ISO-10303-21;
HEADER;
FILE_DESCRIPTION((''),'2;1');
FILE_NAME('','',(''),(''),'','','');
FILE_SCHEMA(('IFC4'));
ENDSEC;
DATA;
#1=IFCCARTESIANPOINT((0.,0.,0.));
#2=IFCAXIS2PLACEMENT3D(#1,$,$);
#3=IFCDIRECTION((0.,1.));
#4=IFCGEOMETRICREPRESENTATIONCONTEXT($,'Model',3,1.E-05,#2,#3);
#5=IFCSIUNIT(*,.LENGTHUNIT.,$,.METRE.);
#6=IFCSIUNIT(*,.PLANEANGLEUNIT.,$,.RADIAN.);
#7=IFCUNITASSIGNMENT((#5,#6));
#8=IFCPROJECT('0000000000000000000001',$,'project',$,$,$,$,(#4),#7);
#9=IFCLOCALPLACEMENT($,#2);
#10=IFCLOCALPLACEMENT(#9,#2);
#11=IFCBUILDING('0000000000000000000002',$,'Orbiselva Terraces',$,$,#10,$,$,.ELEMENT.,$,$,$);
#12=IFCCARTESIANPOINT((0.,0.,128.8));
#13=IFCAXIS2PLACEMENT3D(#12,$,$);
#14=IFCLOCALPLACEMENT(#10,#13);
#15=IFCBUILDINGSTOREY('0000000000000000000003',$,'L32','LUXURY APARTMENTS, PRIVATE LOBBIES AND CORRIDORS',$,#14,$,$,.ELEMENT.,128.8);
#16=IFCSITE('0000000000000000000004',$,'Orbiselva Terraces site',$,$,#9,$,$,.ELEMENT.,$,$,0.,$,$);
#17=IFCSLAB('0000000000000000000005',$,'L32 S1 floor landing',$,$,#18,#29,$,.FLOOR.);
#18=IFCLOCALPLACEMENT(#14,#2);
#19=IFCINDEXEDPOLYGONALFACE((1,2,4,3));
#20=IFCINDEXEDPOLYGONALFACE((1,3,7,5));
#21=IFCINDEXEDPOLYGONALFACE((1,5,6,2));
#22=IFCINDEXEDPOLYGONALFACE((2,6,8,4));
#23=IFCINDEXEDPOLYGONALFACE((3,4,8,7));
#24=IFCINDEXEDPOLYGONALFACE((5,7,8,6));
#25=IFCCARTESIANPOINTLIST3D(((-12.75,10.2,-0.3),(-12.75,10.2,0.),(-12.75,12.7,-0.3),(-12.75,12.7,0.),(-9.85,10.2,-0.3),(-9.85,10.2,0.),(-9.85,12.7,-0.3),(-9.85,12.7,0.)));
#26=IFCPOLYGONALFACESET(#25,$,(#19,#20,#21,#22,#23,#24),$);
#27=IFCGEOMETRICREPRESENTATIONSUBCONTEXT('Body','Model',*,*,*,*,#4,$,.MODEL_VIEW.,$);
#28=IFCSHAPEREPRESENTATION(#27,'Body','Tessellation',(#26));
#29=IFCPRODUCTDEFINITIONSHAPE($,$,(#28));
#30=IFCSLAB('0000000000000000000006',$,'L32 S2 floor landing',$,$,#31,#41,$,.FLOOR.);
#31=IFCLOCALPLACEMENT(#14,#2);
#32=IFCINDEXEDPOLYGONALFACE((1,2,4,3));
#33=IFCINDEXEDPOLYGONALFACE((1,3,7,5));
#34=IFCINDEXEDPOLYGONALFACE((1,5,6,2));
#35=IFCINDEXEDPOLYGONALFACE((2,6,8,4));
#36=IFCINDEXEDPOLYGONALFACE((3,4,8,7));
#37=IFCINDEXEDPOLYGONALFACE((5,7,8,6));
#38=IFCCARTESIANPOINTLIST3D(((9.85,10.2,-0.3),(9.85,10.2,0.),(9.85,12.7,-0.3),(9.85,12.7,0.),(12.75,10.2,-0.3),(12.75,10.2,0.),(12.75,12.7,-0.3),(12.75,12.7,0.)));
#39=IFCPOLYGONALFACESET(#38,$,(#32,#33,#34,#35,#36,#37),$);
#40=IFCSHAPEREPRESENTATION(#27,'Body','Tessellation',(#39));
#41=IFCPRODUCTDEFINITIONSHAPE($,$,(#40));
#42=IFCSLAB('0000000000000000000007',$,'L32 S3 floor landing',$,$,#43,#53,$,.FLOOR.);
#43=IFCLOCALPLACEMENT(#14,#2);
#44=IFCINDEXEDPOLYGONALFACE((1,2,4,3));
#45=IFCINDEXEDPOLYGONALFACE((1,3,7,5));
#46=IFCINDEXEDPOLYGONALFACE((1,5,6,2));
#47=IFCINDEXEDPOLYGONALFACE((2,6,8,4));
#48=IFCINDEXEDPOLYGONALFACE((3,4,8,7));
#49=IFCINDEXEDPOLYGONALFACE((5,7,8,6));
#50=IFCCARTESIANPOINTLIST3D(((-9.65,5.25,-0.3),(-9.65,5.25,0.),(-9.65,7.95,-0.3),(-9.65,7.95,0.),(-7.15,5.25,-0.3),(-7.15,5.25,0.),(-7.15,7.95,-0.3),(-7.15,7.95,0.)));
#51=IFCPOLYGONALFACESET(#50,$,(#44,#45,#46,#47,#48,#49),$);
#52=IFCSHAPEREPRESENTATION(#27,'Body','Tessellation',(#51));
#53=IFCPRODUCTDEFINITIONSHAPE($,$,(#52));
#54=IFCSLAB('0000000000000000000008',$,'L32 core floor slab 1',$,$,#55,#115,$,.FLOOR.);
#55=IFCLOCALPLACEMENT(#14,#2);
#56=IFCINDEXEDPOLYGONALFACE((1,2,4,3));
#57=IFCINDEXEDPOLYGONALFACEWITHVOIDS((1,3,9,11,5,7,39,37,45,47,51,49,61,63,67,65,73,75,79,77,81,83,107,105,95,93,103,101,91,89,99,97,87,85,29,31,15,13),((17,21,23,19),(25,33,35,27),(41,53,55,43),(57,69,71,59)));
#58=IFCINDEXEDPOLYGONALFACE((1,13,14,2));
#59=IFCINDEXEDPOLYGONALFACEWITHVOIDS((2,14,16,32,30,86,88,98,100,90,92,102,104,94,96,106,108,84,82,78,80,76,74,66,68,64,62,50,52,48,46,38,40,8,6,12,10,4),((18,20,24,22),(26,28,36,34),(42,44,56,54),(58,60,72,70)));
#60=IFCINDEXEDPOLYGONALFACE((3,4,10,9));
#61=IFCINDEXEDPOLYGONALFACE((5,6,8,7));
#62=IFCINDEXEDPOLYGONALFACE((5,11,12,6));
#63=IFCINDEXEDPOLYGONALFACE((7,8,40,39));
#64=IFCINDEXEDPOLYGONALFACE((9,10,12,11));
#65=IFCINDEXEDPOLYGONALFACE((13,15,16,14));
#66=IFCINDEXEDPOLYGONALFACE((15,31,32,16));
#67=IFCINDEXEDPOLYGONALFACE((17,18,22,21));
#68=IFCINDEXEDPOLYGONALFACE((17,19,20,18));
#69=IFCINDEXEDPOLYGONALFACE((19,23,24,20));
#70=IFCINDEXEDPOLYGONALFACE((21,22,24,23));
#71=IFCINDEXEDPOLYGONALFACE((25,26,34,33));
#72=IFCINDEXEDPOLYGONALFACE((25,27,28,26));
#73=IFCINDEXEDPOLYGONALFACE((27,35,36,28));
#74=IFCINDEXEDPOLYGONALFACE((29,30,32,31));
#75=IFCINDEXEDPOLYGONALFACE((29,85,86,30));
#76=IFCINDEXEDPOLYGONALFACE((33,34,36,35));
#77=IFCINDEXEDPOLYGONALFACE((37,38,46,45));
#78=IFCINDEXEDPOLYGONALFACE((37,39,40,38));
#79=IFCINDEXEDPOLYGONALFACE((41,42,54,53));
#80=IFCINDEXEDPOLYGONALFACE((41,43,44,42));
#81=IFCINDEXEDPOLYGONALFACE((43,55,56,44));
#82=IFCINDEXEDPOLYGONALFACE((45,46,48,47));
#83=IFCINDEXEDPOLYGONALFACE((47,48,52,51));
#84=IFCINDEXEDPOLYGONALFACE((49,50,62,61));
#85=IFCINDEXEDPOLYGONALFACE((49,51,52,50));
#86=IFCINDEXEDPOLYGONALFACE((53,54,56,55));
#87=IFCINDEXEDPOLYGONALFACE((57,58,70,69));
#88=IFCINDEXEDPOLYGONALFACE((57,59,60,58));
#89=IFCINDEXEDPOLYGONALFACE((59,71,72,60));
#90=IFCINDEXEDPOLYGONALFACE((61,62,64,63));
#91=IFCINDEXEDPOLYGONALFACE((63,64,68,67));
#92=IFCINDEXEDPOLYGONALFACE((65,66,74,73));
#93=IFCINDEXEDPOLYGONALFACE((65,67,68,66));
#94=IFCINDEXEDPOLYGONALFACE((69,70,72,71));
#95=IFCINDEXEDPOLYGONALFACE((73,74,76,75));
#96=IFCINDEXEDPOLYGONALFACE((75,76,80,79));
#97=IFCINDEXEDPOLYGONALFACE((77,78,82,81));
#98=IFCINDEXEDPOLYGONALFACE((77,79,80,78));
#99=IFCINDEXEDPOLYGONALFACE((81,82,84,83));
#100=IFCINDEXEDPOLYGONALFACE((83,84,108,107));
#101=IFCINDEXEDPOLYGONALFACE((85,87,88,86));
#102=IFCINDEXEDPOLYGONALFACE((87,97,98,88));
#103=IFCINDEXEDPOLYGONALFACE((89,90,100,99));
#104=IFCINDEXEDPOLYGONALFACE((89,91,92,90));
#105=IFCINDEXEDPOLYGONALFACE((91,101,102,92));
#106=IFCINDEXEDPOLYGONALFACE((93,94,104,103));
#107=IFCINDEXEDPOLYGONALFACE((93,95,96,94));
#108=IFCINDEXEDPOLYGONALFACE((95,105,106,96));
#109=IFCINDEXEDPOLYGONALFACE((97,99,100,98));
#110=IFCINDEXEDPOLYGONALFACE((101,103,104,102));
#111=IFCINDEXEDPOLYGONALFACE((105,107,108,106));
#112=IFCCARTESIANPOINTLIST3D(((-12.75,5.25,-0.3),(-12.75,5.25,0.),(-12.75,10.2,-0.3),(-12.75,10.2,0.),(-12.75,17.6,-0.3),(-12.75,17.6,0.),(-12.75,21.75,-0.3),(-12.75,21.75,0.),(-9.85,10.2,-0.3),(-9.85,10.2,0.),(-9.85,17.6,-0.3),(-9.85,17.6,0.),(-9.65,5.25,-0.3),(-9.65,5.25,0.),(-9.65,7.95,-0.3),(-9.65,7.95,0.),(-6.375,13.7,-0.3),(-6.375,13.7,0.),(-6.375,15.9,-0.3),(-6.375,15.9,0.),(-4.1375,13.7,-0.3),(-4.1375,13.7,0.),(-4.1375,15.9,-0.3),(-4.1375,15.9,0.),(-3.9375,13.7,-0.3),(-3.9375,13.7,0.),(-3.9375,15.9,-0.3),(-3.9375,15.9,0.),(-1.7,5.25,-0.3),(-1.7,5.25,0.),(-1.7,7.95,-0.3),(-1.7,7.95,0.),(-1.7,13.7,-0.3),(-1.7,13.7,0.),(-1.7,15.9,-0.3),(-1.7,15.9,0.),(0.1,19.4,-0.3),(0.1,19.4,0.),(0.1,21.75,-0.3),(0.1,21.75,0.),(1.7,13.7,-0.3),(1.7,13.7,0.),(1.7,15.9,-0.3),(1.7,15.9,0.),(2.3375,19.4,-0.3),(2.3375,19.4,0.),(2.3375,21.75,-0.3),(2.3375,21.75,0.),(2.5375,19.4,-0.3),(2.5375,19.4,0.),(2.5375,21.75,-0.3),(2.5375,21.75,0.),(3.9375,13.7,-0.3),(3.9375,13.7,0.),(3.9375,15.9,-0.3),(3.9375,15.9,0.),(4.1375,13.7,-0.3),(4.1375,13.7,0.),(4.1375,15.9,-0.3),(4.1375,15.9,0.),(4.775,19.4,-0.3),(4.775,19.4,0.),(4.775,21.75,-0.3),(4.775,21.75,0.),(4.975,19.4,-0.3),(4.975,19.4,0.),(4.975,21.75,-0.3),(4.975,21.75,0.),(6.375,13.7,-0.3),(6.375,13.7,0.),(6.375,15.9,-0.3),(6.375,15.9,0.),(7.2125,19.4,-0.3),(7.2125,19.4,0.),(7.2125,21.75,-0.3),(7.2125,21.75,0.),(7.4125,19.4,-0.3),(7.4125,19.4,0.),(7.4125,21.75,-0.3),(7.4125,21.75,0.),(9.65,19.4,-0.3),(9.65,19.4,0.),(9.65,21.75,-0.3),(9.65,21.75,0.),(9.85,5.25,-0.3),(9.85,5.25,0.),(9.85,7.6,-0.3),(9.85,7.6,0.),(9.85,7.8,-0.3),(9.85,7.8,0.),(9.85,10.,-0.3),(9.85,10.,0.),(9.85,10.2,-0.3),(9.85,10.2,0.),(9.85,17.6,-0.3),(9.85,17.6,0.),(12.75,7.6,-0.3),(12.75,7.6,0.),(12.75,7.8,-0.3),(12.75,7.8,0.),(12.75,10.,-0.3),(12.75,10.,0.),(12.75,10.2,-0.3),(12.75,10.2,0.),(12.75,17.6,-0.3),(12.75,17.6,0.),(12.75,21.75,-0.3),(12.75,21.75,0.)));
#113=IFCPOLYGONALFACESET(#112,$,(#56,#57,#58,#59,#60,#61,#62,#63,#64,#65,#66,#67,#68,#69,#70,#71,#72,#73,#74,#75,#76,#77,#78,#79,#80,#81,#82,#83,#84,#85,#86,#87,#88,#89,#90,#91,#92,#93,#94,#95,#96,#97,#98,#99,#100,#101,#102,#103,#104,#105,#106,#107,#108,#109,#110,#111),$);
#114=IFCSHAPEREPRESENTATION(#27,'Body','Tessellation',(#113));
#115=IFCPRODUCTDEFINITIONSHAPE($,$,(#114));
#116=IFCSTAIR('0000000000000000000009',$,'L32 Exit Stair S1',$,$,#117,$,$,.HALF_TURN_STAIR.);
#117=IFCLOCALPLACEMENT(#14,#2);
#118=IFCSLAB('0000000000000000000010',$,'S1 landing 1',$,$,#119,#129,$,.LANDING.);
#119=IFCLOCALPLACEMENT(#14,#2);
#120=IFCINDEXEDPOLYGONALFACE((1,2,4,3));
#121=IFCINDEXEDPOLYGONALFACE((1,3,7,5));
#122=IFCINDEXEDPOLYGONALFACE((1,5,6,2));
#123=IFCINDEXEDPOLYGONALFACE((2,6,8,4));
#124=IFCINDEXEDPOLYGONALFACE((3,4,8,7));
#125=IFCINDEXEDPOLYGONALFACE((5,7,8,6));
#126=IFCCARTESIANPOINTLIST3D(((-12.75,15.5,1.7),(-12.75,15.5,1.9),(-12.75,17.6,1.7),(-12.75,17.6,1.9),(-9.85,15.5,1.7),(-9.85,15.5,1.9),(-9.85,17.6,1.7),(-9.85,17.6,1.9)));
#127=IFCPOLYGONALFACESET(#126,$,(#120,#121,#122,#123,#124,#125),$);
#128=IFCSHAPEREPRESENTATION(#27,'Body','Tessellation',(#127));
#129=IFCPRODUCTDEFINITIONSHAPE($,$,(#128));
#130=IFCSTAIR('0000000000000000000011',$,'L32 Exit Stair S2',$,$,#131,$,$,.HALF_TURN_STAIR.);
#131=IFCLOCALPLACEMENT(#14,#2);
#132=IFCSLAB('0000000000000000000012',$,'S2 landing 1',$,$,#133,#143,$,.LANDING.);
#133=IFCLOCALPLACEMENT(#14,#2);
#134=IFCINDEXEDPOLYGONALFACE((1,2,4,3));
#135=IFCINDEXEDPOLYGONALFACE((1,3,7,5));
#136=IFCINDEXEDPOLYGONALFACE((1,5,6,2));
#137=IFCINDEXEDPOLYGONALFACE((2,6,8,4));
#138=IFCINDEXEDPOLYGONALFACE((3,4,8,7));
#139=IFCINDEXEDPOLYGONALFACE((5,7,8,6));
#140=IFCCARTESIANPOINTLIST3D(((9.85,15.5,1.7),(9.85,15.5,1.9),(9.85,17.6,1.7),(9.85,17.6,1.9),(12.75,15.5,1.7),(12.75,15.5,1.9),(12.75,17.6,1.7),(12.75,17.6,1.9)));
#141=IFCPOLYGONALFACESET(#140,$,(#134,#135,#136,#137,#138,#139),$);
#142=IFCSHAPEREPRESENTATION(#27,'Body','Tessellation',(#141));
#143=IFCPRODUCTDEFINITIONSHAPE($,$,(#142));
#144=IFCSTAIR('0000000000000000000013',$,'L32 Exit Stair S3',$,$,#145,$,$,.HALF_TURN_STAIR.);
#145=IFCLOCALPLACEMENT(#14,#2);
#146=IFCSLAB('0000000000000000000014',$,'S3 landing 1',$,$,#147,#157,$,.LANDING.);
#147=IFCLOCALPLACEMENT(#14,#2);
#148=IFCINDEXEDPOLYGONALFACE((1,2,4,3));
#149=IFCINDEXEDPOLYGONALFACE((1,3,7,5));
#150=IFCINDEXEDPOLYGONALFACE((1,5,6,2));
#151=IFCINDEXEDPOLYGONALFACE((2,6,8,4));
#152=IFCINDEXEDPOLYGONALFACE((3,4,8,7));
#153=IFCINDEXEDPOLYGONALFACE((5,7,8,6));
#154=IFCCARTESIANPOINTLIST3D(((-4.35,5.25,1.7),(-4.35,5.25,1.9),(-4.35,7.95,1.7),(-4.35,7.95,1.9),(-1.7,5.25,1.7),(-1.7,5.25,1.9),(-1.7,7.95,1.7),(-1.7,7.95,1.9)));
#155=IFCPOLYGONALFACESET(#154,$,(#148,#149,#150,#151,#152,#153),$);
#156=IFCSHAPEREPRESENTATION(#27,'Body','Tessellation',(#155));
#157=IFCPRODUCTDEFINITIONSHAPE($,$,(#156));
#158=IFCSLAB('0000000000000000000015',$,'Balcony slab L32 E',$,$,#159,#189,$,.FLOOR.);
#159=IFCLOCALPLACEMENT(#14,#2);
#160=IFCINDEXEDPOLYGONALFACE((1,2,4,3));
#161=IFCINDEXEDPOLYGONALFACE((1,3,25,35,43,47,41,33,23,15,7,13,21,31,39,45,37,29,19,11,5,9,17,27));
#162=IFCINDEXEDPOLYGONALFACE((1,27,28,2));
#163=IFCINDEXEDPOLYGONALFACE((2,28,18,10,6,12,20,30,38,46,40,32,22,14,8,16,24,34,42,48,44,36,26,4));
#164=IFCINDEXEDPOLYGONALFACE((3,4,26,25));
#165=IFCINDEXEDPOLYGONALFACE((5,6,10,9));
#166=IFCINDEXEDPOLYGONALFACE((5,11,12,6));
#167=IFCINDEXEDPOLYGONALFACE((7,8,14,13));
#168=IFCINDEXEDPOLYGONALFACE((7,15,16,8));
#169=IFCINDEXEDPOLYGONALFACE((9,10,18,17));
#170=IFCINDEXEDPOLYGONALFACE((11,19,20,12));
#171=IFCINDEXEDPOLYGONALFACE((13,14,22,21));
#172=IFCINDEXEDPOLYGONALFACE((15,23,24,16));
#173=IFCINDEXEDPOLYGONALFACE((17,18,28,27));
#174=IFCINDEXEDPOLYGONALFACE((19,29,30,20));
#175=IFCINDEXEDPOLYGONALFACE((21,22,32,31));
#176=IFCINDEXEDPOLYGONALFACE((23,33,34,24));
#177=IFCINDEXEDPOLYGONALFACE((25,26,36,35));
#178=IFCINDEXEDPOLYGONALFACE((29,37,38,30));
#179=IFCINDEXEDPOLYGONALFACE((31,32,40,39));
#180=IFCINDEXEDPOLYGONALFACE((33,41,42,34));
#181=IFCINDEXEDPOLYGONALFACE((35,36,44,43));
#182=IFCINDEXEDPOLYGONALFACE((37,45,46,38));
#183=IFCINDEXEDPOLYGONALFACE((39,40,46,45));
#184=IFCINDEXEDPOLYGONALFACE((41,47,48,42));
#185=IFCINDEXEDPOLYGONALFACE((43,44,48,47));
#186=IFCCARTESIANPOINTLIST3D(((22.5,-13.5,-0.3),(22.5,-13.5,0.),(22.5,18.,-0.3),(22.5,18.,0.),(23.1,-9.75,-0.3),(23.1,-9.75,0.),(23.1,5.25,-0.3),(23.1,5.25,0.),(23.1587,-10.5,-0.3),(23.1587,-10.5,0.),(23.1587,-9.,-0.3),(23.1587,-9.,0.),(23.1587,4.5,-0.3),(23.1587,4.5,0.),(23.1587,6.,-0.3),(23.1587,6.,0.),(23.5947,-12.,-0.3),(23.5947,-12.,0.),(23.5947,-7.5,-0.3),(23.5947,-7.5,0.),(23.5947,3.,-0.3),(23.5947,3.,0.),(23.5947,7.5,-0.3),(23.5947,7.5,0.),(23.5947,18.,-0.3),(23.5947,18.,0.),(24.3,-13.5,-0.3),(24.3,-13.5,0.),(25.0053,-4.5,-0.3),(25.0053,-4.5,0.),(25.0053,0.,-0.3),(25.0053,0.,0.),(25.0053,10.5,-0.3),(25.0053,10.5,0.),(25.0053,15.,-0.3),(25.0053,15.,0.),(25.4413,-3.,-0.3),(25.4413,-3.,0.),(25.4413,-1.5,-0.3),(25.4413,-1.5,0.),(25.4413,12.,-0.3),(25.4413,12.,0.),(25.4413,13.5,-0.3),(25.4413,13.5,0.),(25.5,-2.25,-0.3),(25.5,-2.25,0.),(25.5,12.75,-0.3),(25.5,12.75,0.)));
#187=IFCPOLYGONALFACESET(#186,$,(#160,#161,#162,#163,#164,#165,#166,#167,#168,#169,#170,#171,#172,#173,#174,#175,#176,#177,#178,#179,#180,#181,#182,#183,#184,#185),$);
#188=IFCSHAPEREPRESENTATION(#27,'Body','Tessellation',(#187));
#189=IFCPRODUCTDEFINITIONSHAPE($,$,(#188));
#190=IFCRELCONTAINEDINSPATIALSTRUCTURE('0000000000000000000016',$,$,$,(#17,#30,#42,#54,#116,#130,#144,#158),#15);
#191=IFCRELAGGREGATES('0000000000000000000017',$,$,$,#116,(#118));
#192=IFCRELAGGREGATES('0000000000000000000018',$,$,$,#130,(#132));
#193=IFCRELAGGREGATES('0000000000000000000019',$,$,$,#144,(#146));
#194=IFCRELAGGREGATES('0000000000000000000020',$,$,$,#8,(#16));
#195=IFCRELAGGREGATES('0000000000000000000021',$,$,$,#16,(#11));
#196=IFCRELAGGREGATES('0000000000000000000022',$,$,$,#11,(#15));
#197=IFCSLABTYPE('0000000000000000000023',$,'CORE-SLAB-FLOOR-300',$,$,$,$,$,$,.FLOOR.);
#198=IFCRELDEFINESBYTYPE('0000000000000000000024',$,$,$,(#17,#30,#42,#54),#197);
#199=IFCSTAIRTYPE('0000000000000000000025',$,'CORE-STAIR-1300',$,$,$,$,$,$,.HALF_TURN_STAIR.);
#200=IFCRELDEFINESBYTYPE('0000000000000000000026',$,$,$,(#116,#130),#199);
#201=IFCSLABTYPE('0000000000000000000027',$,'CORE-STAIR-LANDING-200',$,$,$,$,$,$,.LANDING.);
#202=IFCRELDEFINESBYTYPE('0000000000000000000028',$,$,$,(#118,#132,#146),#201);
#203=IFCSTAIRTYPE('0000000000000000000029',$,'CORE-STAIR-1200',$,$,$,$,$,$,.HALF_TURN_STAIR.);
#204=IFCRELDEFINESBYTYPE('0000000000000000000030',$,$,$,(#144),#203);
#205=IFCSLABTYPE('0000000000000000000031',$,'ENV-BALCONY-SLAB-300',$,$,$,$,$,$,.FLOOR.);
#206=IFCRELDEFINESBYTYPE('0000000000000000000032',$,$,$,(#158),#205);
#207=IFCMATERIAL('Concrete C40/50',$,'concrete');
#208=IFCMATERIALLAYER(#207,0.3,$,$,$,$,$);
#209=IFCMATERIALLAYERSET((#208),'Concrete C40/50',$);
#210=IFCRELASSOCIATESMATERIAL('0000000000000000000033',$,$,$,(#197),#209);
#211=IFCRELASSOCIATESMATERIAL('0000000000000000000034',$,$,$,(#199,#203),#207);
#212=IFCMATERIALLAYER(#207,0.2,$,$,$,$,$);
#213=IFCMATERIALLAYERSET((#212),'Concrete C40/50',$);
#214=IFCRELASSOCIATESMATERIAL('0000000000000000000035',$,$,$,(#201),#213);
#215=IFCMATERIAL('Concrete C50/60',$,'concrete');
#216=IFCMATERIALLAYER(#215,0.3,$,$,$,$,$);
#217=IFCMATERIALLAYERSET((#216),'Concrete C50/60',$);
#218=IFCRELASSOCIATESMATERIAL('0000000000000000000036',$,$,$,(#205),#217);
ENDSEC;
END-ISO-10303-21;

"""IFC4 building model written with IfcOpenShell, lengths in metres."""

from ifc_helpers import new_model, si_unit, direction, frame, origin, place, context, subcontext, project, spatial, polyline, outline, extrude, material, layer, layer_set, type_object, element, aggregate, save


model = new_model("IFC4")

# Units and contexts
model_context = context("Model", 3, precision=1e-05, world=origin(), true_north=direction((0.0, 1.0)))
body_context = subcontext(model_context, "Body", "Model", "MODEL_VIEW")
ifc_project = project(units=[si_unit("LENGTHUNIT", "METRE"), si_unit("PLANEANGLEUNIT", "RADIAN")], contexts=[model_context])

# Site, building, storey
site_placement = place(None, origin())
site = spatial("IfcSite", under=ifc_project, at=site_placement, Name="Orbiselva Terraces site", CompositionType="ELEMENT", RefElevation=0.0)
building_placement = place(site_placement, origin())
building = spatial("IfcBuilding", under=site, at=building_placement, Name="Orbiselva Terraces", CompositionType="ELEMENT")
storey_placement = place(building_placement, frame((0.0, 0.0, 128.8)))
storey = spatial("IfcBuildingStorey", under=building, at=storey_placement, Name="L32", Description="LUXURY APARTMENTS, PRIVATE LOBBIES AND CORRIDORS", CompositionType="ELEMENT", Elevation=128.8)

# Slabs
ifc_material_1 = material(Name="Concrete C40/50", Category="concrete")
ifc_layer_1 = layer(ifc_material_1, 0.3)
ifc_layer_set_1 = layer_set([ifc_layer_1], Name="Concrete C40/50")
slab_type_1 = type_object("IfcSlabType", Name="CORE-SLAB-FLOOR-300", PredefinedType="FLOOR", material=ifc_layer_set_1)
slab_1_placement = place(storey_placement, frame((0.0, 0.0, -0.3)))
element("IfcSlab", 1, at=slab_1_placement, inside=storey, type_object=slab_type_1, Name="L32 S1 floor landing", PredefinedType="FLOOR", context=body_context, shape_type="SweptSolid", body=[
    extrude(outline(polyline([(-12.75, 12.7), (-9.85, 12.7), (-9.85, 10.2), (-12.75, 10.2), (-12.75, 12.7)])), origin(), (0.0, 0.0, 1.0), 0.3),
])
slab_2_placement = place(storey_placement, frame((0.0, 0.0, -0.3)))
element("IfcSlab", 2, at=slab_2_placement, inside=storey, type_object=slab_type_1, Name="L32 S2 floor landing", PredefinedType="FLOOR", context=body_context, shape_type="SweptSolid", body=[
    extrude(outline(polyline([(12.75, 12.7), (12.75, 10.2), (9.85, 10.2), (9.85, 12.7), (12.75, 12.7)])), origin(), (0.0, 0.0, 1.0), 0.3),
])
slab_3_placement = place(storey_placement, frame((0.0, 0.0, -0.3)))
element("IfcSlab", 3, at=slab_3_placement, inside=storey, type_object=slab_type_1, Name="L32 S3 floor landing", PredefinedType="FLOOR", context=body_context, shape_type="SweptSolid", body=[
    extrude(outline(polyline([(-7.15, 5.25), (-9.65, 5.25), (-9.65, 7.95), (-7.15, 7.95), (-7.15, 5.25)])), origin(), (0.0, 0.0, 1.0), 0.3),
])
slab_4_placement = place(storey_placement, frame((0.0, 0.0, -0.3)))
element("IfcSlab", 4, at=slab_4_placement, inside=storey, type_object=slab_type_1, Name="L32 core floor slab 1", PredefinedType="FLOOR", context=body_context, shape_type="SweptSolid", body=[
    extrude(outline(polyline([(-1.7, 5.25), (-1.7, 7.95), (-9.65, 7.95), (-9.65, 5.25), (-12.75, 5.25), (-12.75, 10.2), (-9.85, 10.2), (-9.85, 17.6), (-12.75, 17.6), (-12.75, 21.75), (0.1, 21.75), (0.1, 19.4), (2.3375, 19.4), (2.3375, 21.75), (2.5375, 21.75), (2.5375, 19.4), (4.775, 19.4), (4.775, 21.75), (4.975, 21.75), (4.975, 19.4), (7.2125, 19.4), (7.2125, 21.75), (7.4125, 21.75), (7.4125, 19.4), (9.65, 19.4), (9.65, 21.75), (12.75, 21.75), (12.75, 17.6), (9.85, 17.6), (9.85, 10.2), (12.75, 10.2), (12.75, 10.0), (9.85, 10.0), (9.85, 7.8), (12.75, 7.8), (12.75, 7.6), (9.85, 7.6), (9.85, 5.25), (-1.7, 5.25)]), holes=[polyline([(-4.1375, 13.7), (-4.1375, 15.9), (-6.375, 15.9), (-6.375, 13.7), (-4.1375, 13.7)]), polyline([(-1.7, 13.7), (-1.7, 15.9), (-3.9375, 15.9), (-3.9375, 13.7), (-1.7, 13.7)]), polyline([(3.9375, 15.9), (1.7, 15.9), (1.7, 13.7), (3.9375, 13.7), (3.9375, 15.9)]), polyline([(6.375, 13.7), (6.375, 15.9), (4.1375, 15.9), (4.1375, 13.7), (6.375, 13.7)])]), origin(), (0.0, 0.0, 1.0), 0.3),
])

# Stairs, slabs
stair_type_1 = type_object("IfcStairType", Name="CORE-STAIR-1300", PredefinedType="HALF_TURN_STAIR", material=ifc_material_1)
stair_1_placement = place(storey_placement, origin())
stair_1 = element("IfcStair", 5, at=stair_1_placement, inside=storey, type_object=stair_type_1, Name="L32 Exit Stair S1", PredefinedType="HALF_TURN_STAIR")
ifc_layer_2 = layer(ifc_material_1, 0.2)
ifc_layer_set_2 = layer_set([ifc_layer_2], Name="Concrete C40/50")
slab_type_2 = type_object("IfcSlabType", Name="CORE-STAIR-LANDING-200", PredefinedType="LANDING", material=ifc_layer_set_2)
slab_5_placement = place(storey_placement, frame((0.0, 0.0, 1.7)))
slab_5 = element("IfcSlab", 6, at=slab_5_placement, type_object=slab_type_2, Name="S1 landing 1", PredefinedType="LANDING", context=body_context, shape_type="SweptSolid", body=[
    extrude(outline(polyline([(-9.85, 15.5), (-9.85, 17.6), (-12.75, 17.6), (-12.75, 15.5), (-9.85, 15.5)])), origin(), (0.0, 0.0, 1.0), 0.2),
])
aggregate(stair_1, [slab_5])
stair_2_placement = place(storey_placement, origin())
stair_2 = element("IfcStair", 7, at=stair_2_placement, inside=storey, type_object=stair_type_1, Name="L32 Exit Stair S2", PredefinedType="HALF_TURN_STAIR")
slab_6_placement = place(storey_placement, frame((0.0, 0.0, 1.7)))
slab_6 = element("IfcSlab", 8, at=slab_6_placement, type_object=slab_type_2, Name="S2 landing 1", PredefinedType="LANDING", context=body_context, shape_type="SweptSolid", body=[
    extrude(outline(polyline([(12.75, 15.5), (12.75, 17.6), (9.85, 17.6), (9.85, 15.5), (12.75, 15.5)])), origin(), (0.0, 0.0, 1.0), 0.2),
])
aggregate(stair_2, [slab_6])
stair_type_2 = type_object("IfcStairType", Name="CORE-STAIR-1200", PredefinedType="HALF_TURN_STAIR", material=ifc_material_1)
stair_3_placement = place(storey_placement, origin())
stair_3 = element("IfcStair", 9, at=stair_3_placement, inside=storey, type_object=stair_type_2, Name="L32 Exit Stair S3", PredefinedType="HALF_TURN_STAIR")
slab_7_placement = place(storey_placement, frame((0.0, 0.0, 1.7)))
slab_7 = element("IfcSlab", 10, at=slab_7_placement, type_object=slab_type_2, Name="S3 landing 1", PredefinedType="LANDING", context=body_context, shape_type="SweptSolid", body=[
    extrude(outline(polyline([(-4.35, 5.25), (-1.7, 5.25), (-1.7, 7.95), (-4.35, 7.95), (-4.35, 5.25)])), origin(), (0.0, 0.0, 1.0), 0.2),
])
aggregate(stair_3, [slab_7])

# Slab
ifc_material_2 = material(Name="Concrete C50/60", Category="concrete")
ifc_layer_3 = layer(ifc_material_2, 0.3)
ifc_layer_set_3 = layer_set([ifc_layer_3], Name="Concrete C50/60")
slab_type_3 = type_object("IfcSlabType", Name="ENV-BALCONY-SLAB-300", PredefinedType="FLOOR", material=ifc_layer_set_3)
slab_8_placement = place(storey_placement, frame((0.0, 0.0, -0.3)))
element("IfcSlab", 11, at=slab_8_placement, inside=storey, type_object=slab_type_3, Name="Balcony slab L32 E", PredefinedType="FLOOR", context=body_context, shape_type="SweptSolid", body=[
    extrude(outline(polyline([(24.3, -13.5), (23.5947, -12.0), (23.1587, -10.5), (23.1, -9.75), (23.1587, -9.0), (23.5947, -7.5), (25.0053, -4.5), (25.4413, -3.0), (25.5, -2.25), (25.4413, -1.5), (25.0053, 0.0), (23.5947, 3.0), (23.1587, 4.5), (23.1, 5.25), (23.1587, 6.0), (23.5947, 7.5), (25.0053, 10.5), (25.4413, 12.0), (25.5, 12.75), (25.4413, 13.5), (25.0053, 15.0), (23.5947, 18.0), (22.5, 18.0), (22.5, -13.5), (24.3, -13.5)])), origin(), (0.0, 0.0, 1.0), 0.3),
])

save(model, "model.ifc")
